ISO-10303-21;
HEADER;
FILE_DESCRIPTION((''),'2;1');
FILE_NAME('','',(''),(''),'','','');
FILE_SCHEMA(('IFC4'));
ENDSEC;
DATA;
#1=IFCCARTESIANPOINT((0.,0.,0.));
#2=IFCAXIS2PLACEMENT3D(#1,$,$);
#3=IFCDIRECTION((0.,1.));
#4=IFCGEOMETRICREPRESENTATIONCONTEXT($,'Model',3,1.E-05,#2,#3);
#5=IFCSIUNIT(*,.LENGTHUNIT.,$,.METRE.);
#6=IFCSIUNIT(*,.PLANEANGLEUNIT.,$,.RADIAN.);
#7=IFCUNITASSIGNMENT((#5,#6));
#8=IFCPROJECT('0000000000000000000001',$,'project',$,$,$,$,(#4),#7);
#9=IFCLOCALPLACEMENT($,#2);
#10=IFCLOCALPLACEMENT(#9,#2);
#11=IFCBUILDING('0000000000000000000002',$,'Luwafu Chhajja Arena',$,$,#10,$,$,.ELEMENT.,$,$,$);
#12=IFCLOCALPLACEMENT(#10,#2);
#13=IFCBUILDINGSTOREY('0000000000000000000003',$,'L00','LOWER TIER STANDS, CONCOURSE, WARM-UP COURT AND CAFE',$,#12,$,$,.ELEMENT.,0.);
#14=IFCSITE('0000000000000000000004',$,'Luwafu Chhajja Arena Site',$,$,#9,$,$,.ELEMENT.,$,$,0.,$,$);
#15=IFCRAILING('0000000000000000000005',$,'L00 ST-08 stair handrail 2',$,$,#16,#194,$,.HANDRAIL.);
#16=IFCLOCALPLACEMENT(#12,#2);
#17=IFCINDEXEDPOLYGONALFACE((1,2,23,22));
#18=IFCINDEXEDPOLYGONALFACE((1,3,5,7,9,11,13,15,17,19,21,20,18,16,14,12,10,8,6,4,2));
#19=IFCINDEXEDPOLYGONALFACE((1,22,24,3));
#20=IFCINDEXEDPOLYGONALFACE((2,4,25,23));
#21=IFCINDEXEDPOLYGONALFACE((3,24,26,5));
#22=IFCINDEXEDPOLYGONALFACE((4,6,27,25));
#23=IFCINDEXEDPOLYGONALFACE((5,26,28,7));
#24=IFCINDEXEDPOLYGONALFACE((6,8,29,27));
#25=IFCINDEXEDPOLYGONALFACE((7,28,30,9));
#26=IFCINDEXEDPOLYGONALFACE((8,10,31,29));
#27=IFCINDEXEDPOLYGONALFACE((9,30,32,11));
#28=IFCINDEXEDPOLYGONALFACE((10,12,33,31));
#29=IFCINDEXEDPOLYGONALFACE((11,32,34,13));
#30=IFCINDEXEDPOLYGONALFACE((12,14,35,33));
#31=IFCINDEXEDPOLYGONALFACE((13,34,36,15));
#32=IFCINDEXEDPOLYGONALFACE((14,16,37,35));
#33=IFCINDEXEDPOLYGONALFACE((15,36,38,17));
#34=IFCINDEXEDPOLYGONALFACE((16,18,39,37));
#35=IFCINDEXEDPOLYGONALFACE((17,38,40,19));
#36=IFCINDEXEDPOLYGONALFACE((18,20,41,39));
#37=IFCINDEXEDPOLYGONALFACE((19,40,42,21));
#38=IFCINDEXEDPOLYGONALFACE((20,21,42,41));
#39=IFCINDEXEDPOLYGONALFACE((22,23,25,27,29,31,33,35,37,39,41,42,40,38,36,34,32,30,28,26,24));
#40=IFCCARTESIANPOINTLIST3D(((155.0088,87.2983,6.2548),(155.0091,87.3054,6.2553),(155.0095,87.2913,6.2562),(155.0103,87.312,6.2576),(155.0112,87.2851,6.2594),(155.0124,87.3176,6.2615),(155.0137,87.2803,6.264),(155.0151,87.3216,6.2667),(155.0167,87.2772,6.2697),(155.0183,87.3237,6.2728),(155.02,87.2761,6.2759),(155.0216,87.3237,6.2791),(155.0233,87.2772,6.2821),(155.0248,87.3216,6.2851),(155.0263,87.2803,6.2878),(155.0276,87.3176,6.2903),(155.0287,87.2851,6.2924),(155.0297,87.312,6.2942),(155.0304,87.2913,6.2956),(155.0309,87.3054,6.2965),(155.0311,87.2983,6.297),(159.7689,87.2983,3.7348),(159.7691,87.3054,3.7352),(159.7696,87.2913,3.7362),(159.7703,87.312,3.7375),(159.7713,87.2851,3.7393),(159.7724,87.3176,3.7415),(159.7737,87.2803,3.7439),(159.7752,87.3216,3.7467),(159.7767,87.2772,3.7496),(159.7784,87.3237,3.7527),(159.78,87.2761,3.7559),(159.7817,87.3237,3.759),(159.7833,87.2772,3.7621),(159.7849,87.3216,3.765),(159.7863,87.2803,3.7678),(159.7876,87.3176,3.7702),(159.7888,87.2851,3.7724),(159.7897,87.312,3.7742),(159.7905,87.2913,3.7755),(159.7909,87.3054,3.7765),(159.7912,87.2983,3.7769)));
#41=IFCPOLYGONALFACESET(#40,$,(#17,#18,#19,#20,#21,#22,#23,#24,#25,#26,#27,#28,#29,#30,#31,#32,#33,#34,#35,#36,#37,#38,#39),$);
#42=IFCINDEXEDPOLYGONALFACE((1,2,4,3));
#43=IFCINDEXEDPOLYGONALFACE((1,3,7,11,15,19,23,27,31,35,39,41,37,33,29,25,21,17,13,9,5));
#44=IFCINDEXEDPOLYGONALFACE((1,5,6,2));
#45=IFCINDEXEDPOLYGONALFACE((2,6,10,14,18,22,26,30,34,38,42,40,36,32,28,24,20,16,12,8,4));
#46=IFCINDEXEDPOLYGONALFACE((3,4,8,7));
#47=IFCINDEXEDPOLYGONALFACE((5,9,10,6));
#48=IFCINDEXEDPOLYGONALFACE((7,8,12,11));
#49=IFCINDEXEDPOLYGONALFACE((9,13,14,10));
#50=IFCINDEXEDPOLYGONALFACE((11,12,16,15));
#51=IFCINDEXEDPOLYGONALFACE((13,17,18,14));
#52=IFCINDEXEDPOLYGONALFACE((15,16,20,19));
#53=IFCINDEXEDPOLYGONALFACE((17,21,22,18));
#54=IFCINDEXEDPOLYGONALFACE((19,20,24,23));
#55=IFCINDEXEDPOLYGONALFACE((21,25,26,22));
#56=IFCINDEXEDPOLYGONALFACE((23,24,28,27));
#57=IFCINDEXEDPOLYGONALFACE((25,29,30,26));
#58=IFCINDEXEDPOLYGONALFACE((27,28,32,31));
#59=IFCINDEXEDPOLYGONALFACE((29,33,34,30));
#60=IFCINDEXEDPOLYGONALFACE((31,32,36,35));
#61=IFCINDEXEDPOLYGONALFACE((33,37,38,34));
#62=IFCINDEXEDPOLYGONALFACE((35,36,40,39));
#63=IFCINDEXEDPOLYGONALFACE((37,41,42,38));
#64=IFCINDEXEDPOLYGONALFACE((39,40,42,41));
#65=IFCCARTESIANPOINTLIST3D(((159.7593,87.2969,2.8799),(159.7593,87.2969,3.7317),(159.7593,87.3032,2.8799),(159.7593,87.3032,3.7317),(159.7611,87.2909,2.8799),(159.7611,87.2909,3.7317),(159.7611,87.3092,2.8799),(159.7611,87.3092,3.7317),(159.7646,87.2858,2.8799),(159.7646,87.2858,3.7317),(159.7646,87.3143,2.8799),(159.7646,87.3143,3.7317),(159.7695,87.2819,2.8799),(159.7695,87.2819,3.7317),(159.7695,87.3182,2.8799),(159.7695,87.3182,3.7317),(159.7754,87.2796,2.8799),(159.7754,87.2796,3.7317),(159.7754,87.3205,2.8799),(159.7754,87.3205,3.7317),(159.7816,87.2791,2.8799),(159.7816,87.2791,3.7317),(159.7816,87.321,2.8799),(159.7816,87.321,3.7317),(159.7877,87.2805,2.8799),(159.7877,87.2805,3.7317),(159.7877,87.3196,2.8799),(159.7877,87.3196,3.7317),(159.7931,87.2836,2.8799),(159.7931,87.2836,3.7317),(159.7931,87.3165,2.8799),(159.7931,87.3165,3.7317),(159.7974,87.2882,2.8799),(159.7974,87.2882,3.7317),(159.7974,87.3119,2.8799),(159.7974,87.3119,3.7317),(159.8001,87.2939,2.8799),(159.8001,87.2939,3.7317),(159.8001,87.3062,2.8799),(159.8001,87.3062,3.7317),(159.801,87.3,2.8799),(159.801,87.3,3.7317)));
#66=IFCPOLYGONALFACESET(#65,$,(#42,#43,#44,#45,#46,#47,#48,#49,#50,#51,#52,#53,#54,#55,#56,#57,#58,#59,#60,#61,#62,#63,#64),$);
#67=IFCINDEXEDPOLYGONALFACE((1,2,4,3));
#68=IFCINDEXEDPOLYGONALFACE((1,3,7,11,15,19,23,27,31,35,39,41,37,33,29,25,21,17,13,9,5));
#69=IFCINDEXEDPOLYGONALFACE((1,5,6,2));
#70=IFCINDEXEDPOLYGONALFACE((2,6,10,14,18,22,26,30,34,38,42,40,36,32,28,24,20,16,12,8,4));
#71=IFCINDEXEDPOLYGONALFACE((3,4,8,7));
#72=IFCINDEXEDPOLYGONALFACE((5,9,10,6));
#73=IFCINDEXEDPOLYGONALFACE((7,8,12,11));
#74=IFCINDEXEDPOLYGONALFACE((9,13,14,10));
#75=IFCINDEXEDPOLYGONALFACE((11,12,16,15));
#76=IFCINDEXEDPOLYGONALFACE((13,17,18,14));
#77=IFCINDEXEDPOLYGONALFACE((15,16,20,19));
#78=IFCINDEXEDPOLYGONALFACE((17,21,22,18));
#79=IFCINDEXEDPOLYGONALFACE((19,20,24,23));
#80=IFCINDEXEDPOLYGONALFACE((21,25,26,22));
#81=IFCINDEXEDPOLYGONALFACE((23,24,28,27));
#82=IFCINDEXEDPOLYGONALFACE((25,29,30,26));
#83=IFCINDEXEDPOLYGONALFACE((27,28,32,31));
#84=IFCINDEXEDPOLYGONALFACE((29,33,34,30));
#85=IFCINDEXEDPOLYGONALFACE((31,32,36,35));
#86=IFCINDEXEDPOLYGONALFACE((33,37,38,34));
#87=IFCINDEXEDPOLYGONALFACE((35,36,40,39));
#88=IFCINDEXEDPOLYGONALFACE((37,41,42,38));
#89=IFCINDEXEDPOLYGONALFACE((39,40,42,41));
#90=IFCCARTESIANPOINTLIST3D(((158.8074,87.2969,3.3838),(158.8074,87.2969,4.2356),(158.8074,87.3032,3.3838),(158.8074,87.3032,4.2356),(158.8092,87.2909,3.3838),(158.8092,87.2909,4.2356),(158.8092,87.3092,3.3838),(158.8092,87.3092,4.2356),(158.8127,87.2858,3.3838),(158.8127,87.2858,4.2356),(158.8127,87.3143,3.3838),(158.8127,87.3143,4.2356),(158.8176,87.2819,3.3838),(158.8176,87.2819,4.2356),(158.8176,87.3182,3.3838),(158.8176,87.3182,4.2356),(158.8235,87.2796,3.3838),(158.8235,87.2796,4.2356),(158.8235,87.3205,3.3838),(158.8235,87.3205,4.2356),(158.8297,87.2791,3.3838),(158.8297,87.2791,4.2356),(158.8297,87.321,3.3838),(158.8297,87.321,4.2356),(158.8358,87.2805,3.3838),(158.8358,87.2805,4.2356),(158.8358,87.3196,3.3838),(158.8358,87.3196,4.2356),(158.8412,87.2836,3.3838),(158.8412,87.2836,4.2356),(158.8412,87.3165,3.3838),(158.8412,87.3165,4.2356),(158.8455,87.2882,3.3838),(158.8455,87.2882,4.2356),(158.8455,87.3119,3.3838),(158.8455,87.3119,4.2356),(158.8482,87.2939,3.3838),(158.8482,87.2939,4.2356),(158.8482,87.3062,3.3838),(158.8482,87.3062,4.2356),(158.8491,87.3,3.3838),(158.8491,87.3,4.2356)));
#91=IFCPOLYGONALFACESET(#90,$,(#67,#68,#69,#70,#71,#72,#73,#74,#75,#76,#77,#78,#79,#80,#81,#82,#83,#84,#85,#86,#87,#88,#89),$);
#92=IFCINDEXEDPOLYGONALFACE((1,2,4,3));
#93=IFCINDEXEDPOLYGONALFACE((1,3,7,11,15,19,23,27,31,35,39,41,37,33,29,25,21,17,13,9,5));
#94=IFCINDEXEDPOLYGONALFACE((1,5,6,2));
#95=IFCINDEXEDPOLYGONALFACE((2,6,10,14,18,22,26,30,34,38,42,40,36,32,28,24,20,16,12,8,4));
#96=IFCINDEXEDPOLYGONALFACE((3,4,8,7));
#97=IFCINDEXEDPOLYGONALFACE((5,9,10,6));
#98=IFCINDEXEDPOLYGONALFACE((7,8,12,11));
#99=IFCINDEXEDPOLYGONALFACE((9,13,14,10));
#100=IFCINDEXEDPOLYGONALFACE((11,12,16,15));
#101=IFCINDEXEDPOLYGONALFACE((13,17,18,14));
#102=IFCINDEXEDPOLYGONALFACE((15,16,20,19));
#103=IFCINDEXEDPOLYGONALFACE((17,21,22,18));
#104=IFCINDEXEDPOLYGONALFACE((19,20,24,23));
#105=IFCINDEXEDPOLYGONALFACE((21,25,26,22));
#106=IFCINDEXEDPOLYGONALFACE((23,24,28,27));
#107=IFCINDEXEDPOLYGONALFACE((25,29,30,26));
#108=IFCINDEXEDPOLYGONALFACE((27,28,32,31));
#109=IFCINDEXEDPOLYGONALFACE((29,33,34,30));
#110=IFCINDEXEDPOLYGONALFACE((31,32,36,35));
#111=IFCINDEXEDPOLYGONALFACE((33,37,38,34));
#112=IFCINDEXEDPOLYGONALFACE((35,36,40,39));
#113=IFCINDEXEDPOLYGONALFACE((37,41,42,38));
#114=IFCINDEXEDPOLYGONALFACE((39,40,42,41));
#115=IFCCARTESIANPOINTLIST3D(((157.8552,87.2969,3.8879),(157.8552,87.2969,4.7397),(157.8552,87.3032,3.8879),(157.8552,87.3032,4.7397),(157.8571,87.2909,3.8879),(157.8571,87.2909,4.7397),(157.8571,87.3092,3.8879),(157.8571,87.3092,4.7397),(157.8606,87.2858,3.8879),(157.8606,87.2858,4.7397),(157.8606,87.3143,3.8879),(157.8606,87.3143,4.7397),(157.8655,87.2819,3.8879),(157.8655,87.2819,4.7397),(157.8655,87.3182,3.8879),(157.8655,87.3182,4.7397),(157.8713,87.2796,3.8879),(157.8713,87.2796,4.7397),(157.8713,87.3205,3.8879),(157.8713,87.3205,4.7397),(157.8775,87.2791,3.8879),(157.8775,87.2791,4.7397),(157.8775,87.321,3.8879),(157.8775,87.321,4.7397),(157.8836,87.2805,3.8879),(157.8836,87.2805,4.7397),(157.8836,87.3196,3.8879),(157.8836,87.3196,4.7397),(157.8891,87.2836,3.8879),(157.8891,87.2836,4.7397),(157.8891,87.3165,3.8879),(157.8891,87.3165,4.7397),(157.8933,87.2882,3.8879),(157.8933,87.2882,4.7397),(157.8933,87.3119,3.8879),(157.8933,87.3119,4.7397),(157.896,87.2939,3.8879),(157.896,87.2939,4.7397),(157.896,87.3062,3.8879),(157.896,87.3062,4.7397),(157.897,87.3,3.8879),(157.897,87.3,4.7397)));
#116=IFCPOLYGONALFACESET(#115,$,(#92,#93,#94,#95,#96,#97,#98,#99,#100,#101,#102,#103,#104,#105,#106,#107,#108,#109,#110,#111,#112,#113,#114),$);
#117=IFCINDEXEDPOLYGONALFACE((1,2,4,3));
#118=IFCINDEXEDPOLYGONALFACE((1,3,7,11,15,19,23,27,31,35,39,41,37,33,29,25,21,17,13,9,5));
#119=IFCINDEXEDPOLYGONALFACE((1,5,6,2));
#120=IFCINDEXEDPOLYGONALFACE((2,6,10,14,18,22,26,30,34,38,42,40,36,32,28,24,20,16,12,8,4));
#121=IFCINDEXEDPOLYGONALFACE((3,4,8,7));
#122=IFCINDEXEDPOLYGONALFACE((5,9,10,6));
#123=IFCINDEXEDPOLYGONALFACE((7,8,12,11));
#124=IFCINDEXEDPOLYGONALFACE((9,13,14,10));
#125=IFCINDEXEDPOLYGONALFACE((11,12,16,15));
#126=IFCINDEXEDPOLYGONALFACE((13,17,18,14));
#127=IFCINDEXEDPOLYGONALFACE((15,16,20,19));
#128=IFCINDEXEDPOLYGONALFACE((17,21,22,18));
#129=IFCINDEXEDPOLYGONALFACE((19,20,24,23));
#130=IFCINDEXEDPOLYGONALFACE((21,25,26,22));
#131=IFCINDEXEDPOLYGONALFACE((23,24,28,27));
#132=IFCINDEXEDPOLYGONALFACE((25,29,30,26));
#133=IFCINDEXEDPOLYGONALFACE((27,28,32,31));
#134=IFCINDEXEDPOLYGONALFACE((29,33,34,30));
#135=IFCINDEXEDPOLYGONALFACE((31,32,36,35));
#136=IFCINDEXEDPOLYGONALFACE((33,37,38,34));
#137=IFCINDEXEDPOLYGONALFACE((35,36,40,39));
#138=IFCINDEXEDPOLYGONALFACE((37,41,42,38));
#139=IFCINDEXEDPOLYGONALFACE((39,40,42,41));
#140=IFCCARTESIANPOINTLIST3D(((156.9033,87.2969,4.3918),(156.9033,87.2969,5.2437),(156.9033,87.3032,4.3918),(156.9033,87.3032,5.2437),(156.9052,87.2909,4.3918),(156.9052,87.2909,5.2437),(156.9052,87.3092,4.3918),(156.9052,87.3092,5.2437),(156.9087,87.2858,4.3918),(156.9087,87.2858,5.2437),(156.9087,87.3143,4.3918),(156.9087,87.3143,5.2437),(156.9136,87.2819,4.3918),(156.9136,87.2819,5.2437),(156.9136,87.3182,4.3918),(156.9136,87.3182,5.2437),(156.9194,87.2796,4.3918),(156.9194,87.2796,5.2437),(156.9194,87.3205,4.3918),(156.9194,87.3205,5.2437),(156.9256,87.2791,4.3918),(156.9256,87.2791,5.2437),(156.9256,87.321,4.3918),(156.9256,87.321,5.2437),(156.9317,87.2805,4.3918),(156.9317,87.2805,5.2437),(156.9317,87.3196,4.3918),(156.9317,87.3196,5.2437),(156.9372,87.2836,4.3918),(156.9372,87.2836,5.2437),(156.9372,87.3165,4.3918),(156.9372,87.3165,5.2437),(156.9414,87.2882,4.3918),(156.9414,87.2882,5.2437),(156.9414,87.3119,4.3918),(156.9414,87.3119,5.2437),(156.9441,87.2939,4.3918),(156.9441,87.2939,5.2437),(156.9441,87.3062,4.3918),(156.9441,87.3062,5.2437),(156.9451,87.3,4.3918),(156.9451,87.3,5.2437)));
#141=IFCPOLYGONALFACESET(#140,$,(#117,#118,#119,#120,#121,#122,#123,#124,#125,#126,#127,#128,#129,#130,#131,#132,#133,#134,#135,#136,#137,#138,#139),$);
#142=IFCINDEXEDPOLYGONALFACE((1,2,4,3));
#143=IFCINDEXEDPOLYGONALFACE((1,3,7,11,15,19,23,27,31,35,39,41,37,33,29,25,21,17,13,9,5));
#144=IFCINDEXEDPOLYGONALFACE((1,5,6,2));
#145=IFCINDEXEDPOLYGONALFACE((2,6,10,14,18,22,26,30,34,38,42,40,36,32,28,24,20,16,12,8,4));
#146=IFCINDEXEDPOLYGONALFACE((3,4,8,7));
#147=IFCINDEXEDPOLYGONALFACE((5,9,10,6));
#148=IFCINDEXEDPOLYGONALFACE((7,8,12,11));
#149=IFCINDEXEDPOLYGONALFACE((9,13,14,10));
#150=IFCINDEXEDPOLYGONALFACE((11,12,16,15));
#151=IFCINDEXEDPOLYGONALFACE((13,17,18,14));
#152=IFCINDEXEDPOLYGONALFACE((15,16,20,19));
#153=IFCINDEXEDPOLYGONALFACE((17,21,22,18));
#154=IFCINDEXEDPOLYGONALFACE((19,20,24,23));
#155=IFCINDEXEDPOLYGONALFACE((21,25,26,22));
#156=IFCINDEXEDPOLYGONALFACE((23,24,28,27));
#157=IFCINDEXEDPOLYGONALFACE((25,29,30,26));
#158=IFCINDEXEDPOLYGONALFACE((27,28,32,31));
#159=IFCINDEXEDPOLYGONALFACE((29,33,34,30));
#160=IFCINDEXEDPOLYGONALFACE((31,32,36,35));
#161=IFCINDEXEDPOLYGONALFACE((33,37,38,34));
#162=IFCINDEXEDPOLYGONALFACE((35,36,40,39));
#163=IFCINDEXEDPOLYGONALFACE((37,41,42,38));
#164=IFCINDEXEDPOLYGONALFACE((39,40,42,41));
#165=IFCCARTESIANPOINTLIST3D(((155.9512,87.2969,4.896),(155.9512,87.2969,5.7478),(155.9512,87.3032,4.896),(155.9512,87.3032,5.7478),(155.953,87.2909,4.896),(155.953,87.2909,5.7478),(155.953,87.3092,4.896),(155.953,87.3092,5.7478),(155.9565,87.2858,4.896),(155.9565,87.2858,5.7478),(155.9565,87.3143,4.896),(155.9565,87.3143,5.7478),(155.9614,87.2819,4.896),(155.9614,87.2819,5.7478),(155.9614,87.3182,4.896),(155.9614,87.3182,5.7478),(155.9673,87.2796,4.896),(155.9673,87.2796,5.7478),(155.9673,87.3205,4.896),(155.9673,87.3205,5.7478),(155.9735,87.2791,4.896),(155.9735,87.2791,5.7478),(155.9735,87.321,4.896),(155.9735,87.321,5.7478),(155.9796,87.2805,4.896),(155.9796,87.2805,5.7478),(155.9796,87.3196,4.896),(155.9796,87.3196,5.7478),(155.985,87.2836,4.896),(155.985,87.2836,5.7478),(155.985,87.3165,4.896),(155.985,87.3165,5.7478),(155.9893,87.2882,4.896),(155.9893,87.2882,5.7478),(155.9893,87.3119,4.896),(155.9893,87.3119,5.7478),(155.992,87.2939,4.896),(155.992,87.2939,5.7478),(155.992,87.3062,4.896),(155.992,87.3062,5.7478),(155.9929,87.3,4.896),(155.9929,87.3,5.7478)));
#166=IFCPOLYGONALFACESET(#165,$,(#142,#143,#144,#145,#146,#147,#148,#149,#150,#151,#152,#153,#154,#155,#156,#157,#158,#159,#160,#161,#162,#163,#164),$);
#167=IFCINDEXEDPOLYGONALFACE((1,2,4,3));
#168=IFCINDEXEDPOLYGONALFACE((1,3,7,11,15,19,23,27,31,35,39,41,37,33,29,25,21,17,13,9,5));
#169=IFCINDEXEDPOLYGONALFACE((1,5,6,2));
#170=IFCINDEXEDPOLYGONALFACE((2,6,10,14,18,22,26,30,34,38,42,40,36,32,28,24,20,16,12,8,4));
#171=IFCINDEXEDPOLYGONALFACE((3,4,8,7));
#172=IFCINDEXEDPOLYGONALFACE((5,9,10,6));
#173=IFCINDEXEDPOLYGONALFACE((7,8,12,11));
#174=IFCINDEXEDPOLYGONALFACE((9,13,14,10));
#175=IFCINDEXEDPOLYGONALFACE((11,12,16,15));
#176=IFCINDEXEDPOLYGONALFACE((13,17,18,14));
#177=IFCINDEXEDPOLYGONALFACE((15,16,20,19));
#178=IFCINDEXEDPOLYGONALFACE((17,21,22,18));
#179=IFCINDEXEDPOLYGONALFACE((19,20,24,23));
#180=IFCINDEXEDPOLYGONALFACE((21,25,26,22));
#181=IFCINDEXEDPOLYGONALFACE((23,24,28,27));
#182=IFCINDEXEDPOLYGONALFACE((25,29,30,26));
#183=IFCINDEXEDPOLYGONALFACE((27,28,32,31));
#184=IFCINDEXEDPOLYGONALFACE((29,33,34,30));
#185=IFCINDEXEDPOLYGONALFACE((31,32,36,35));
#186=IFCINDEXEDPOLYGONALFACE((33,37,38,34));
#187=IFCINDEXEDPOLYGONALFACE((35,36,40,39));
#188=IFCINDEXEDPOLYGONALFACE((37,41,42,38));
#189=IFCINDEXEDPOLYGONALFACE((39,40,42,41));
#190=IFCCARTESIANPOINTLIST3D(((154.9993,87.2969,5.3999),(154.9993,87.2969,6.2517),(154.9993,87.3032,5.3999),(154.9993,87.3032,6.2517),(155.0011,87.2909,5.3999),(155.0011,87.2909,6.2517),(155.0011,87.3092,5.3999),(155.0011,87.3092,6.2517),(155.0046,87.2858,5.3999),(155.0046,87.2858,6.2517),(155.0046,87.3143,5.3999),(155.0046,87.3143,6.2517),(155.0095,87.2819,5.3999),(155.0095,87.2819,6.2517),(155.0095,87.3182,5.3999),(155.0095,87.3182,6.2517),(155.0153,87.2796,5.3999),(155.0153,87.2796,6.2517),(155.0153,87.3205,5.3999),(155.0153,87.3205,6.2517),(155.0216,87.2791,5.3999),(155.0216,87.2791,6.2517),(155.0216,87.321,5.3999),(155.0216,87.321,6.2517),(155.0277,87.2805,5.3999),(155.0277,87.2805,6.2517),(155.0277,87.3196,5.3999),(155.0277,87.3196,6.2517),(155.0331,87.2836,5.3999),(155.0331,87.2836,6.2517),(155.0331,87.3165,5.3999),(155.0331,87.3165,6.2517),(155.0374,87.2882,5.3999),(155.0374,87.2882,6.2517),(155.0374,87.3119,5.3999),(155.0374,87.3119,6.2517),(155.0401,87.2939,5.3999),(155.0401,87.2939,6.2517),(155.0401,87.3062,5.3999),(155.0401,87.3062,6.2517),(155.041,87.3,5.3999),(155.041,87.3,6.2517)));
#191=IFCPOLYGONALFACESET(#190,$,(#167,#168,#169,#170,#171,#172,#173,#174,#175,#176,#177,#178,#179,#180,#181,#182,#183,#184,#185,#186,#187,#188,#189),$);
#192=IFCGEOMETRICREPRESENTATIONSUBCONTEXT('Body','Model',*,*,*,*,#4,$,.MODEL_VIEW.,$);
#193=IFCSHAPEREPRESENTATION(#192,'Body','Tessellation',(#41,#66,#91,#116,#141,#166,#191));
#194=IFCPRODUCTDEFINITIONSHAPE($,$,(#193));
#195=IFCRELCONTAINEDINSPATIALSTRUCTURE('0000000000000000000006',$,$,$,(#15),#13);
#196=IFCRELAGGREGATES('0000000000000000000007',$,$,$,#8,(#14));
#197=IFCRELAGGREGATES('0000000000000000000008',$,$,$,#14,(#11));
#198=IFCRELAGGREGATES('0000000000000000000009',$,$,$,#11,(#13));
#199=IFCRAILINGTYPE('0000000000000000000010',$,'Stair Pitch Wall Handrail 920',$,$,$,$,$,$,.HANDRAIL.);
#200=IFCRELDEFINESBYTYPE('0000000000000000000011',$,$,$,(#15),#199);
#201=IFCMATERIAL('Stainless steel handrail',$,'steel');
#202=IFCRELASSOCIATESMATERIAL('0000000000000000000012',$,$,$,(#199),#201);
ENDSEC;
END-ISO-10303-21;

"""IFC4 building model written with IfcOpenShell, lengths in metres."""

from ifc_helpers import new_model, si_unit, direction, frame, origin, origin_2d, place, context, subcontext, project, spatial, circle, extrude, material, type_object, element, save


model = new_model("IFC4")

# Units and contexts
model_context = context("Model", 3, precision=1e-05, world=origin(), true_north=direction((0.0, 1.0)))
body_context = subcontext(model_context, "Body", "Model", "MODEL_VIEW")
ifc_project = project(units=[si_unit("LENGTHUNIT", "METRE"), si_unit("PLANEANGLEUNIT", "RADIAN")], contexts=[model_context])

# Site, building, storey
site_placement = place(None, origin())
site = spatial("IfcSite", under=ifc_project, at=site_placement, Name="Luwafu Chhajja Arena Site", CompositionType="ELEMENT", RefElevation=0.0)
building_placement = place(site_placement, origin())
building = spatial("IfcBuilding", under=site, at=building_placement, Name="Luwafu Chhajja Arena", CompositionType="ELEMENT")
storey_placement = place(building_placement, origin())
storey = spatial("IfcBuildingStorey", under=building, at=storey_placement, Name="L00", Description="LOWER TIER STANDS, CONCOURSE, WARM-UP COURT AND CAFE", CompositionType="ELEMENT", Elevation=0.0)

# Railing
ifc_material_1 = material(Name="Stainless steel handrail", Category="steel")
railing_type_1 = type_object("IfcRailingType", Name="Stair Pitch Wall Handrail 920", PredefinedType="HANDRAIL", material=ifc_material_1)
railing_1_placement = place(storey_placement, frame((159.78, 87.3, 2.8799)))
element("IfcRailing", 1, at=railing_1_placement, inside=storey, type_object=railing_type_1, Name="L00 ST-08 stair handrail 2", PredefinedType="HANDRAIL", context=body_context, shape_type="SweptSolid", body=[
    extrude(circle(Radius=0.0239, at=origin_2d()), frame((0.0, 0.0, 0.876), z_axis=(-0.883787, 0.0, 0.46789), x_axis=(0.0, -1.0, 0.0)), (0.0, 0.0, 1.0), 5.386),
    extrude(circle(Radius=0.021, at=origin_2d()), origin(), (0.0, 0.0, 1.0), 0.8518),
    extrude(circle(Radius=0.021, at=origin_2d()), frame((-0.9519, 0.0, 0.5039)), (0.0, 0.0, 1.0), 0.8518),
    extrude(circle(Radius=0.021, at=origin_2d()), frame((-1.9041, 0.0, 1.0081)), (0.0, 0.0, 1.0), 0.8518),
    extrude(circle(Radius=0.021, at=origin_2d()), frame((-2.856, 0.0, 1.512)), (0.0, 0.0, 1.0), 0.8518),
    extrude(circle(Radius=0.021, at=origin_2d()), frame((-3.8081, 0.0, 2.0161)), (0.0, 0.0, 1.0), 0.8518),
    extrude(circle(Radius=0.021, at=origin_2d()), frame((-4.76, 0.0, 2.52)), (0.0, 0.0, 1.0), 0.8518),
])

save(model, "model.ifc")
